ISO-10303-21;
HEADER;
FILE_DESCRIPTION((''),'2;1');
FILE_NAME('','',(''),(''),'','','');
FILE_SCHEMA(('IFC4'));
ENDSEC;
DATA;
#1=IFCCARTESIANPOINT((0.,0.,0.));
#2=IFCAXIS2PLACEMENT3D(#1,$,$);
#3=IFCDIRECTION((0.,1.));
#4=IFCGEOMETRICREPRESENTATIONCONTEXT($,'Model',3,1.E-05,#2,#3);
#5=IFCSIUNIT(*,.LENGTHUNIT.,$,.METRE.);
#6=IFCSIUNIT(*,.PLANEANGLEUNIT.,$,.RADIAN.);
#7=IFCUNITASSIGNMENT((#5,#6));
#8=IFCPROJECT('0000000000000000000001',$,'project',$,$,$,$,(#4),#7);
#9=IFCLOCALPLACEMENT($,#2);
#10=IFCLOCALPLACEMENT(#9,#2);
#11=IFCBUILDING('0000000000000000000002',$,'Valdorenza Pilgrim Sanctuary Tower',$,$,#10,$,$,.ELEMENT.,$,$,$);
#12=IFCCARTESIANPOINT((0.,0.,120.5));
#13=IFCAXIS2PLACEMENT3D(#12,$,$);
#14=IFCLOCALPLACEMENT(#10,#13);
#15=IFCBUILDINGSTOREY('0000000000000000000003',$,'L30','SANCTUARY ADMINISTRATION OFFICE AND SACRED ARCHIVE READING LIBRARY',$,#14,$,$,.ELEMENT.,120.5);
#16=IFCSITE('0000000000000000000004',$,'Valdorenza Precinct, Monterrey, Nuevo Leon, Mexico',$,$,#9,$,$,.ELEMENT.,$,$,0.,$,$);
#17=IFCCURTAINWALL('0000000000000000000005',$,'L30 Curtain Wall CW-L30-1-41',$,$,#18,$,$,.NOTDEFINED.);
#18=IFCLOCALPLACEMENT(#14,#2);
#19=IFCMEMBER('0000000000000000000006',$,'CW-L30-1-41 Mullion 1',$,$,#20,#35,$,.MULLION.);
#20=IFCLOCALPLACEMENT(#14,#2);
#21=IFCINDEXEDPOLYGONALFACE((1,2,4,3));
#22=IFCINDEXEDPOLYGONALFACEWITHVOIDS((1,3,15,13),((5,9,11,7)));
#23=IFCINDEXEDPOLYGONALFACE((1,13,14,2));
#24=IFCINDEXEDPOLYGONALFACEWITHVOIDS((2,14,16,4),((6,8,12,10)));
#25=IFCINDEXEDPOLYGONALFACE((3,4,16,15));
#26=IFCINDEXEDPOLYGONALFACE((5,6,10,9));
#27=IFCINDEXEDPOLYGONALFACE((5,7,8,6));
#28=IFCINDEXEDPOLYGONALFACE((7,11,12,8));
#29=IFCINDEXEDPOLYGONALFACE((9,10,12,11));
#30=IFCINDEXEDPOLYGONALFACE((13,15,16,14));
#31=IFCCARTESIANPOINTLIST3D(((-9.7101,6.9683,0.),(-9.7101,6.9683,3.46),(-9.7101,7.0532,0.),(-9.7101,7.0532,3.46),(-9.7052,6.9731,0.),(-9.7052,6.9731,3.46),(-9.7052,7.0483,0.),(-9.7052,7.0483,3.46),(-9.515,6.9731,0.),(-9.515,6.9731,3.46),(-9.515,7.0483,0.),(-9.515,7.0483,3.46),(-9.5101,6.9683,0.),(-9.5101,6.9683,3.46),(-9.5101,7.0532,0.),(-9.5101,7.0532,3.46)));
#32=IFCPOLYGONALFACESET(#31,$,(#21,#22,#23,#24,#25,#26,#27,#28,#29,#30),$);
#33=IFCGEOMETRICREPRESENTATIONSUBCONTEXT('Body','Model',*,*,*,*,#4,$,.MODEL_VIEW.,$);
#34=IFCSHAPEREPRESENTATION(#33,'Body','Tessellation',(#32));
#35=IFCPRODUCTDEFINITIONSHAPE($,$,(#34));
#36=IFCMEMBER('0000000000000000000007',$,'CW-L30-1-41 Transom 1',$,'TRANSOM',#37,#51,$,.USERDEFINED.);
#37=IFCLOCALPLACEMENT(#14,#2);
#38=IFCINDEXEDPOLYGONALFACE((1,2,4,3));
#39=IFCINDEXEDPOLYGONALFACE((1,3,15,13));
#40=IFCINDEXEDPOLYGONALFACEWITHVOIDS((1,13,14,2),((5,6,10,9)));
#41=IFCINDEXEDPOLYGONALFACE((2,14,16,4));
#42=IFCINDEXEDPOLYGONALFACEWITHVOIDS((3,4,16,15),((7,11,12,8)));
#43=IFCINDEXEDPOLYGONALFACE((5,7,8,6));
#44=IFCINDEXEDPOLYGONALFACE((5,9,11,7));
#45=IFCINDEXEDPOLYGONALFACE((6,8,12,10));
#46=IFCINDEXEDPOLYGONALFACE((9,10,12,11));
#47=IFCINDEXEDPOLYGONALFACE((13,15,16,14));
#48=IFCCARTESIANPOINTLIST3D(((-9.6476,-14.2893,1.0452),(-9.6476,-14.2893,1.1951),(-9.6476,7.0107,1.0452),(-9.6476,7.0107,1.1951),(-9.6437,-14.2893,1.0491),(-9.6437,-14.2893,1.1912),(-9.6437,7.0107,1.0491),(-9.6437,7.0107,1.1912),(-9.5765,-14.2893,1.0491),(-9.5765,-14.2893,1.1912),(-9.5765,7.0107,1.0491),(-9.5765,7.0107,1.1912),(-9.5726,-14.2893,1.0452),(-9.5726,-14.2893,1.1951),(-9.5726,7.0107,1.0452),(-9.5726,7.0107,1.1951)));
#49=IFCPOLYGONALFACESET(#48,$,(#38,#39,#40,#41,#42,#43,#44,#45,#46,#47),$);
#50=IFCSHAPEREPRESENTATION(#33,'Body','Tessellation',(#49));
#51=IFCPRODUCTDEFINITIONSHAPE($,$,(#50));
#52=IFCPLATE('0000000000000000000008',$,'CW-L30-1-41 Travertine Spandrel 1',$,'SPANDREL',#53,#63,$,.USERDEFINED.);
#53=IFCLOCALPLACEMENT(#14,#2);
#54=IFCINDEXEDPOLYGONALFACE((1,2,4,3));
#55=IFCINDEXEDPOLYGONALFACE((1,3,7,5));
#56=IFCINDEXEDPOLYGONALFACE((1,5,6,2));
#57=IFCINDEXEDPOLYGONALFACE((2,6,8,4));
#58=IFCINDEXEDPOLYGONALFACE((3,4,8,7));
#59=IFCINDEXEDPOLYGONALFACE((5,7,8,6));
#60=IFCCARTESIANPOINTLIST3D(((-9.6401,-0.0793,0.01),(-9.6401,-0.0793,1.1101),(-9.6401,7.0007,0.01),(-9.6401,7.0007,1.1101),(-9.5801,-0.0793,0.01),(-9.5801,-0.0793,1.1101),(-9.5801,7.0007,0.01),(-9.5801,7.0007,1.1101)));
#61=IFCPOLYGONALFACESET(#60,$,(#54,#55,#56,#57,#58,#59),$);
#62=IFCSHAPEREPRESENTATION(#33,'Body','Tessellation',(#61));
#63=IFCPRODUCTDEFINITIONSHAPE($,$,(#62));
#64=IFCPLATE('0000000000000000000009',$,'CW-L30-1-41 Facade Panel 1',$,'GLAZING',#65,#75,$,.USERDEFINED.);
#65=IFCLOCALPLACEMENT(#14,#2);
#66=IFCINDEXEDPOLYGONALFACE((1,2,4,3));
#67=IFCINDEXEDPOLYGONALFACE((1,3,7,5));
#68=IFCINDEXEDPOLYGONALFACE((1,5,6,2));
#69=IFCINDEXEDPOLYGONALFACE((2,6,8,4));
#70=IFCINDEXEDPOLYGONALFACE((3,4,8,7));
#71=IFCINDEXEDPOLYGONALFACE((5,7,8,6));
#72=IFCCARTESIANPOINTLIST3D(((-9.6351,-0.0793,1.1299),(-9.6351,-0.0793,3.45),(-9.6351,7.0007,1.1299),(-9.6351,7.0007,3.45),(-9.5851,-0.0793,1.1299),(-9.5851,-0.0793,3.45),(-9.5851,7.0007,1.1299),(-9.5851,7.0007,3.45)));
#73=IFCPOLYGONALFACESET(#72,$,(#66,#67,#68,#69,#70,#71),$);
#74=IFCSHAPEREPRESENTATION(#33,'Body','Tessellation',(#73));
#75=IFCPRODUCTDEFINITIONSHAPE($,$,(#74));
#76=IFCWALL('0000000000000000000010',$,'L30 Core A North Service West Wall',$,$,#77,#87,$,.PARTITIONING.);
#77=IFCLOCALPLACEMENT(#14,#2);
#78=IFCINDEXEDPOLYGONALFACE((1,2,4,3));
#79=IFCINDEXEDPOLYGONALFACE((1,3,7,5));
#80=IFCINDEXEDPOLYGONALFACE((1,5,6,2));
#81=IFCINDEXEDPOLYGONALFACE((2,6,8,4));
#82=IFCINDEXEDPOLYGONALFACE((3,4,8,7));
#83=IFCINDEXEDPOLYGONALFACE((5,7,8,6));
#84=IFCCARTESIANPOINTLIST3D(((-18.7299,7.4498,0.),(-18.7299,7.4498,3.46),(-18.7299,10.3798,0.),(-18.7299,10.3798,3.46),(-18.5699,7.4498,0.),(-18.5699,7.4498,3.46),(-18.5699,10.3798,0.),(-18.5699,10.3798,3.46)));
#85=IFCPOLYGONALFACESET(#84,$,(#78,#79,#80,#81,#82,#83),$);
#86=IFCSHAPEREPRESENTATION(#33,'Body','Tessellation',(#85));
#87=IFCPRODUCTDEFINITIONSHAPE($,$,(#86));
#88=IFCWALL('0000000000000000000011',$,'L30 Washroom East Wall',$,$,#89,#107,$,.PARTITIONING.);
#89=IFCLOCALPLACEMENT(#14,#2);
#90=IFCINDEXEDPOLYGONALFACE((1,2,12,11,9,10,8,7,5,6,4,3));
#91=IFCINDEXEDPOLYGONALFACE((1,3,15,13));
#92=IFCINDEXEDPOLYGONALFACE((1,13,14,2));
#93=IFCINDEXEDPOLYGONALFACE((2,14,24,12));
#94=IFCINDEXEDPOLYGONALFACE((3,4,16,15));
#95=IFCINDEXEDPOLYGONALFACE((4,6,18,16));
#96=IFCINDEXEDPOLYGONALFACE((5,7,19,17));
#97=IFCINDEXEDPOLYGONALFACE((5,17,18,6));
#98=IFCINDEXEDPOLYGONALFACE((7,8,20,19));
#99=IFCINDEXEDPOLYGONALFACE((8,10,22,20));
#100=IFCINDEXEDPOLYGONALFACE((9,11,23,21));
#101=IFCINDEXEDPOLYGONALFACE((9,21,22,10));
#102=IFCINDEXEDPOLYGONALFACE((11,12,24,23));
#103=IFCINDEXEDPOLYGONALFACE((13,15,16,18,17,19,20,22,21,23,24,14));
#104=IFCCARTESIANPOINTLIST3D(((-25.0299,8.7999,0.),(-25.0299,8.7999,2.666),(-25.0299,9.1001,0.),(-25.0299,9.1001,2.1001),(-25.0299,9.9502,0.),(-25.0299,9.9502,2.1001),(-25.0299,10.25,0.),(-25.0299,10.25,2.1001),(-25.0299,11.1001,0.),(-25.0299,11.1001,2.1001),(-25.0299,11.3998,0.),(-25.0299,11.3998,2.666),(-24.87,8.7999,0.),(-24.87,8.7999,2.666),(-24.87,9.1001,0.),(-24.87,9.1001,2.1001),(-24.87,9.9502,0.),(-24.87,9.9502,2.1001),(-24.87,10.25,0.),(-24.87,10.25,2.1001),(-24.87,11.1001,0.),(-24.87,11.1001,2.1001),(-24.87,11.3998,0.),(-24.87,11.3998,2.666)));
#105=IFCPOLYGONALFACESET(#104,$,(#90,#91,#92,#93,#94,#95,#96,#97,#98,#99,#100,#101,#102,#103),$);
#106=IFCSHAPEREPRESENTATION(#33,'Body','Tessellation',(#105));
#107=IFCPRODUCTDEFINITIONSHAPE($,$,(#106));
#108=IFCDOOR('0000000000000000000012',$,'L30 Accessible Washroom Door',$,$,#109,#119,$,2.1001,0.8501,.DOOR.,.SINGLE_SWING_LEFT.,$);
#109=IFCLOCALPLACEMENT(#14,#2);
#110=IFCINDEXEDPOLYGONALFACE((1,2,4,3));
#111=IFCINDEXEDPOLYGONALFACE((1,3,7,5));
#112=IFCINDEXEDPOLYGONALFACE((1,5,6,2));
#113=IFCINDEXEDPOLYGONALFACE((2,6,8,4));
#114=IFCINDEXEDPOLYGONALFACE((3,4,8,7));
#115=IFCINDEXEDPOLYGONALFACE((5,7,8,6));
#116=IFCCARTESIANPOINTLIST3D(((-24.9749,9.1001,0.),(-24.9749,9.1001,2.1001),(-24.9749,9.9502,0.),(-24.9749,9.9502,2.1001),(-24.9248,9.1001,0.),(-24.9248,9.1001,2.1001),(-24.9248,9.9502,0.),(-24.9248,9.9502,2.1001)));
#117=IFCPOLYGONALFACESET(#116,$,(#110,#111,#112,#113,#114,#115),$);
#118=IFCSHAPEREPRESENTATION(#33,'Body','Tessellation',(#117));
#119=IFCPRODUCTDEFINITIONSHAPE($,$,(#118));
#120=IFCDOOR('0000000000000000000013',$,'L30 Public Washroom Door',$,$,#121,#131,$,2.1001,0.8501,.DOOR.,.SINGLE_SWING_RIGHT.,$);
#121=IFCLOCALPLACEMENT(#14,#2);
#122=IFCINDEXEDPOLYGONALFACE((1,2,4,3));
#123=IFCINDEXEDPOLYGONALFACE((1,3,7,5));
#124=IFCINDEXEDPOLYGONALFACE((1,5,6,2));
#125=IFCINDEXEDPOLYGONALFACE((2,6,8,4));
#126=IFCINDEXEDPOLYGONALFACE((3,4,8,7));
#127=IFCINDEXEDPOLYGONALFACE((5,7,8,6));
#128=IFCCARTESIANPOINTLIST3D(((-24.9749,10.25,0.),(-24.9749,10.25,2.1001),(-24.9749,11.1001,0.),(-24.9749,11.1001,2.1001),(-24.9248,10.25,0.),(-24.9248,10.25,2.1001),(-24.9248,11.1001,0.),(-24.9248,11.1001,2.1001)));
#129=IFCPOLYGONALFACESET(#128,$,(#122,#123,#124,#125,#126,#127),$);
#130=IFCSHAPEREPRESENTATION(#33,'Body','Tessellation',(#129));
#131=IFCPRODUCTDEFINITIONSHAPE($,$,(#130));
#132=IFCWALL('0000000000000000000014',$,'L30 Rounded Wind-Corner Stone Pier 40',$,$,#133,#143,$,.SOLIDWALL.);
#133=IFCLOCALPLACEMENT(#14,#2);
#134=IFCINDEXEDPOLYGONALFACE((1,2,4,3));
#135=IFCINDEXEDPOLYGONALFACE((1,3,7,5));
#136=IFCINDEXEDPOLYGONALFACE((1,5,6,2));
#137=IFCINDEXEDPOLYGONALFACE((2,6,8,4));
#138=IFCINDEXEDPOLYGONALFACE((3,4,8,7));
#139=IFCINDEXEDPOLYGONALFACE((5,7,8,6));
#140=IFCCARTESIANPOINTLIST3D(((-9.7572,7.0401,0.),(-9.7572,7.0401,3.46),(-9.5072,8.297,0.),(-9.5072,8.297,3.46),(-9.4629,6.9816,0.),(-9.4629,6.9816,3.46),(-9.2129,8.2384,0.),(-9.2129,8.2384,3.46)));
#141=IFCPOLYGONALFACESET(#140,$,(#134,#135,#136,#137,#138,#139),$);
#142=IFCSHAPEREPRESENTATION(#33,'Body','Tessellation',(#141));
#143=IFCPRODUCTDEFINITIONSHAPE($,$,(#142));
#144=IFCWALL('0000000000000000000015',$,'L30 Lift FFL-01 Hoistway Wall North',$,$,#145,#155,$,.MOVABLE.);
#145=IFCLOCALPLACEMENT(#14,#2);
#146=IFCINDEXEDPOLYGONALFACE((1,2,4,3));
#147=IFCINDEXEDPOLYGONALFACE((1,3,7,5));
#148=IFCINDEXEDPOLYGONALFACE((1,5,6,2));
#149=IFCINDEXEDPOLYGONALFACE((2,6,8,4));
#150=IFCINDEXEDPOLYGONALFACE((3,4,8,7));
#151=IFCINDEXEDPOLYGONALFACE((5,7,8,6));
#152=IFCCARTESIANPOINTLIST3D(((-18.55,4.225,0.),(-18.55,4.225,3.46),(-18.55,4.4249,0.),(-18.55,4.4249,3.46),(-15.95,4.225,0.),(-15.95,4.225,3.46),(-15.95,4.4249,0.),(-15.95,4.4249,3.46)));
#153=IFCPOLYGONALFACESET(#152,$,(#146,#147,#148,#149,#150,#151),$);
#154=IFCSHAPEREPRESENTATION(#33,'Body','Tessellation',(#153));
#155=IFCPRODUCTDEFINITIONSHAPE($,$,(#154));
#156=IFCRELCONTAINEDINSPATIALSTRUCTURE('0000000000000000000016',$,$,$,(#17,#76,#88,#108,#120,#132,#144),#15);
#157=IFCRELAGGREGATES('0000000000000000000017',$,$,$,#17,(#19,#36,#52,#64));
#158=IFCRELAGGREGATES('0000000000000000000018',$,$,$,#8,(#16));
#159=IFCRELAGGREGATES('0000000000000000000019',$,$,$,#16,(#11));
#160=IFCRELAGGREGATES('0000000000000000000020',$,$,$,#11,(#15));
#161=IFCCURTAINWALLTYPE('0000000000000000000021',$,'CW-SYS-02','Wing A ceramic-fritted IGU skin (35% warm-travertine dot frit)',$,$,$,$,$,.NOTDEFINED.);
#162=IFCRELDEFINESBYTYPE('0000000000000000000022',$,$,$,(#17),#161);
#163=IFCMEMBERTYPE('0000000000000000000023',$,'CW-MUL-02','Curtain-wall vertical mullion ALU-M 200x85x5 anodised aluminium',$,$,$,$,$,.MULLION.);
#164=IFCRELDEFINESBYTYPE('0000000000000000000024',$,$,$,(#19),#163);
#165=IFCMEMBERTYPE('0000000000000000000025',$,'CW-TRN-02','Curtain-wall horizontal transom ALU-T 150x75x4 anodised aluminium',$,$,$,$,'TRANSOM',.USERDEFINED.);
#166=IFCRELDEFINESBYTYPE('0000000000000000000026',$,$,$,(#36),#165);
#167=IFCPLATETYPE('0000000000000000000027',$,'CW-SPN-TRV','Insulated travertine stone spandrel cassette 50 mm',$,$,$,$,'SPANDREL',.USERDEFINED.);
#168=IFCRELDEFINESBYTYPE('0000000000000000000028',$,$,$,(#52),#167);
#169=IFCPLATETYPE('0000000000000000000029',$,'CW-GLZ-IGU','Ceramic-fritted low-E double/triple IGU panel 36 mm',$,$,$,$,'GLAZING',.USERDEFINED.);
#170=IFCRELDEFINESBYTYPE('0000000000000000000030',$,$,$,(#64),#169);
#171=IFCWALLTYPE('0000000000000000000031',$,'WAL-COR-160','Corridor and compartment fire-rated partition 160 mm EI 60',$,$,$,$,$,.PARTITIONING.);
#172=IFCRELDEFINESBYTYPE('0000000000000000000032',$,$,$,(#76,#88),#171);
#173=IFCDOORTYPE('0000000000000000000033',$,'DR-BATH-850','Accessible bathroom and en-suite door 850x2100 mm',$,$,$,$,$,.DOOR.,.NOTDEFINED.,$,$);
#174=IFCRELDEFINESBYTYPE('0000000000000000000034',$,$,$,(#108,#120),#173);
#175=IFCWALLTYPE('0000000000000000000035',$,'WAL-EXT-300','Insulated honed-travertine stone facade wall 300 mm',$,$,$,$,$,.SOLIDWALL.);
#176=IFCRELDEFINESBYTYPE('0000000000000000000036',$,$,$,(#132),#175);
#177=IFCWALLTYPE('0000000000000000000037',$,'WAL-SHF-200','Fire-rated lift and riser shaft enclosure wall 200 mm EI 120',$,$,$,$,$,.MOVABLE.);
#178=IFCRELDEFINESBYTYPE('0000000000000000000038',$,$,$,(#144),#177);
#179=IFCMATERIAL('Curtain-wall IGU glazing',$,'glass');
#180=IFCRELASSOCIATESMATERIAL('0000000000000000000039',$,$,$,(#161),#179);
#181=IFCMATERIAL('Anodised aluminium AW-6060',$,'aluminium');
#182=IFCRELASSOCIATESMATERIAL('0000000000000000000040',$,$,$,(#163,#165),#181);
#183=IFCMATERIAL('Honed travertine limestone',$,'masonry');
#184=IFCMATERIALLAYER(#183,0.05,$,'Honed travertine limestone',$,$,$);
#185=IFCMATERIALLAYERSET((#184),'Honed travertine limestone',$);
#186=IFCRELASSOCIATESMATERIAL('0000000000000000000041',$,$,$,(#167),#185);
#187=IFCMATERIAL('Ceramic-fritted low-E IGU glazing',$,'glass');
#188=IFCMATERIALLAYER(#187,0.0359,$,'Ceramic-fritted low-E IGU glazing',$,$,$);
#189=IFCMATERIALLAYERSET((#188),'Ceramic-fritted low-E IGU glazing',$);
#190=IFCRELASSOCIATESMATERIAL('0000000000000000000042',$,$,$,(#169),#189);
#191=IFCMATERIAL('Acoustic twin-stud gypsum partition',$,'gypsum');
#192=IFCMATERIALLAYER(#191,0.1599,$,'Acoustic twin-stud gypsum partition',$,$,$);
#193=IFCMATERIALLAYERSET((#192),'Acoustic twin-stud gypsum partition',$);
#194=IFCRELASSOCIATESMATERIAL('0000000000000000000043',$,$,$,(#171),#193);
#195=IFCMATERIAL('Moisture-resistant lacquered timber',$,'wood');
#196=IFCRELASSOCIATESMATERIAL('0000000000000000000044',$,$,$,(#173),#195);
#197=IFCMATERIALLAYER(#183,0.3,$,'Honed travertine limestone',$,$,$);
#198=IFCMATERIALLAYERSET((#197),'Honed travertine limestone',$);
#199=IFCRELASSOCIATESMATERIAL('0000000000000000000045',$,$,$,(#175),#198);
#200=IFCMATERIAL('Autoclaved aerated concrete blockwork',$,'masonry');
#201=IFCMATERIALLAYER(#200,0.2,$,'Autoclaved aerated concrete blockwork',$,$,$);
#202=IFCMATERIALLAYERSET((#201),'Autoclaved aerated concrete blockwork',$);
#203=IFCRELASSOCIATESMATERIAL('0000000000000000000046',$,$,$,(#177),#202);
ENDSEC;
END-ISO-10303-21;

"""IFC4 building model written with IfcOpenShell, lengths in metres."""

from ifc_helpers import new_model, si_unit, direction, frame, frame_2d, origin, origin_2d, place, context, subcontext, project, spatial, rectangle, hollow_rectangle, extrude, source, transform, mapped, material, layer, layer_set, material_profile, profile_set, type_object, element, fill, aggregate, save


model = new_model("IFC4")

# Units and contexts
model_context = context("Model", 3, precision=1e-05, world=origin(), true_north=direction((0.0, 1.0)))
body_context = subcontext(model_context, "Body", "Model", "MODEL_VIEW")
ifc_project = project(units=[si_unit("LENGTHUNIT", "METRE"), si_unit("PLANEANGLEUNIT", "RADIAN")], contexts=[model_context])

# Site, building, storey
site_placement = place(None, origin())
site = spatial("IfcSite", under=ifc_project, at=site_placement, Name="Valdorenza Precinct, Monterrey, Nuevo Leon, Mexico", CompositionType="ELEMENT", RefElevation=0.0)
building_placement = place(site_placement, origin())
building = spatial("IfcBuilding", under=site, at=building_placement, Name="Valdorenza Pilgrim Sanctuary Tower", CompositionType="ELEMENT")
storey_placement = place(building_placement, frame((0.0, 0.0, 120.5)))
storey = spatial("IfcBuildingStorey", under=building, at=storey_placement, Name="L30", Description="SANCTUARY ADMINISTRATION OFFICE AND SACRED ARCHIVE READING LIBRARY", CompositionType="ELEMENT", Elevation=120.5)

# Curtain wall, members, plates
ifc_material_1 = material(Name="Curtain-wall IGU glazing", Category="glass")
curtain_wall_type = type_object("IfcCurtainWallType", Name="CW-SYS-02", Description="Wing A ceramic-fritted IGU skin (35% warm-travertine dot frit)", PredefinedType="NOTDEFINED", material=ifc_material_1)
curtain_wall_placement = place(storey_placement, origin())
curtain_wall = element("IfcCurtainWall", 1, at=curtain_wall_placement, inside=storey, type_object=curtain_wall_type, Name="L30 Curtain Wall CW-L30-1-41", PredefinedType="NOTDEFINED")
ifc_material_2 = material(Name="Anodised aluminium AW-6060", Category="aluminium")
ifc_material_profile_1 = material_profile(ifc_material_2, hollow_rectangle(XDim=0.085, YDim=0.2, WallThickness=0.0049, at=origin_2d()), Name="ALU-M 200x85x5")
ifc_profile_set_1 = profile_set([ifc_material_profile_1], Name="Anodised aluminium AW-6060")
member_type_1 = type_object("IfcMemberType", Name="CW-MUL-02", Description="Curtain-wall vertical mullion ALU-M 200x85x5 anodised aluminium", PredefinedType="MULLION", material=ifc_profile_set_1)
shared_shape_1 = source(origin(), body_context, "Body", "SweptSolid", [
    extrude(hollow_rectangle(XDim=0.085, YDim=0.2, WallThickness=0.0049, at=origin_2d()), origin(), (0.0, 0.0, 1.0), 3.46),
])
member_1_placement = place(storey_placement, frame((-9.6101, 7.0107, 0.0), z_axis=(0.0, 0.0, 1.0), x_axis=(0.0, -1.0, 0.0)))
member_1 = element("IfcMember", 2, at=member_1_placement, type_object=member_type_1, Name="CW-L30-1-41 Mullion 1", PredefinedType="MULLION", context=body_context, shape_type="MappedRepresentation", body=[
    mapped(shared_shape_1, transform((0.0, 0.0, 0.0), x_axis=(1.0, 0.0, 0.0), y_axis=(0.0, 1.0, 0.0), z_axis=(0.0, 0.0, 1.0), scale=1.0)),
])
ifc_material_profile_2 = material_profile(ifc_material_2, hollow_rectangle(XDim=0.075, YDim=0.1499, WallThickness=0.0039, at=origin_2d()), Name="ALU-T 150x75x4")
ifc_profile_set_2 = profile_set([ifc_material_profile_2], Name="Anodised aluminium AW-6060")
member_type_2 = type_object("IfcMemberType", Name="CW-TRN-02", Description="Curtain-wall horizontal transom ALU-T 150x75x4 anodised aluminium", ElementType="TRANSOM", PredefinedType="USERDEFINED", material=ifc_profile_set_2)
shared_shape_2 = source(origin(), body_context, "Body", "SweptSolid", [
    extrude(hollow_rectangle(XDim=0.075, YDim=0.1499, WallThickness=0.0039, at=origin_2d()), origin(), (0.0, 0.0, 1.0), 21.3),
])
member_2_placement = place(storey_placement, frame((-9.6101, 7.0107, 1.1201), z_axis=(0.0, -1.0, 0.0), x_axis=(1.0, 0.0, 0.0)))
member_2 = element("IfcMember", 3, at=member_2_placement, type_object=member_type_2, Name="CW-L30-1-41 Transom 1", ObjectType="TRANSOM", PredefinedType="USERDEFINED", context=body_context, shape_type="MappedRepresentation", body=[
    mapped(shared_shape_2, transform((0.0, 0.0, 0.0), x_axis=(1.0, 0.0, 0.0), y_axis=(0.0, 1.0, 0.0), z_axis=(0.0, 0.0, 1.0), scale=1.0)),
])
ifc_material_3 = material(Name="Honed travertine limestone", Category="masonry")
ifc_layer_1 = layer(ifc_material_3, 0.05, Name="Honed travertine limestone")
ifc_layer_set_1 = layer_set([ifc_layer_1], Name="Honed travertine limestone")
plate_type_1 = type_object("IfcPlateType", Name="CW-SPN-TRV", Description="Insulated travertine stone spandrel cassette 50 mm", ElementType="SPANDREL", PredefinedType="USERDEFINED", material=ifc_layer_set_1)
shared_shape_3 = source(origin(), body_context, "Body", "SweptSolid", [
    extrude(rectangle(XDim=7.0801, YDim=0.0601, at=origin_2d()), origin(), (0.0, 0.0, 1.0), 1.1001),
])
plate_1_placement = place(storey_placement, frame((-9.6101, 3.4607, 0.01), z_axis=(0.0, 0.0, 1.0), x_axis=(0.0, -1.0, 0.0)))
plate_1 = element("IfcPlate", 4, at=plate_1_placement, type_object=plate_type_1, Name="CW-L30-1-41 Travertine Spandrel 1", ObjectType="SPANDREL", PredefinedType="USERDEFINED", context=body_context, shape_type="MappedRepresentation", body=[
    mapped(shared_shape_3, transform((0.0, 0.0, 0.0), x_axis=(1.0, 0.0, 0.0), y_axis=(0.0, 1.0, 0.0), z_axis=(0.0, 0.0, 1.0), scale=1.0)),
])
ifc_material_4 = material(Name="Ceramic-fritted low-E IGU glazing", Category="glass")
ifc_layer_2 = layer(ifc_material_4, 0.0359, Name="Ceramic-fritted low-E IGU glazing")
ifc_layer_set_2 = layer_set([ifc_layer_2], Name="Ceramic-fritted low-E IGU glazing")
plate_type_2 = type_object("IfcPlateType", Name="CW-GLZ-IGU", Description="Ceramic-fritted low-E double/triple IGU panel 36 mm", ElementType="GLAZING", PredefinedType="USERDEFINED", material=ifc_layer_set_2)
shared_shape_4 = source(origin(), body_context, "Body", "SweptSolid", [
    extrude(rectangle(XDim=7.0801, YDim=0.05, at=origin_2d()), origin(), (0.0, 0.0, 1.0), 2.3201),
])
plate_2_placement = place(storey_placement, frame((-9.6101, 3.4607, 1.1299), z_axis=(0.0, 0.0, 1.0), x_axis=(0.0, -1.0, 0.0)))
plate_2 = element("IfcPlate", 5, at=plate_2_placement, type_object=plate_type_2, Name="CW-L30-1-41 Facade Panel 1", ObjectType="GLAZING", PredefinedType="USERDEFINED", context=body_context, shape_type="MappedRepresentation", body=[
    mapped(shared_shape_4, transform((0.0, 0.0, 0.0), x_axis=(1.0, 0.0, 0.0), y_axis=(0.0, 1.0, 0.0), z_axis=(0.0, 0.0, 1.0), scale=1.0)),
])
aggregate(curtain_wall, [member_1, member_2, plate_1, plate_2])

# Wall
ifc_material_5 = material(Name="Acoustic twin-stud gypsum partition", Category="gypsum")
ifc_layer_3 = layer(ifc_material_5, 0.1599, Name="Acoustic twin-stud gypsum partition")
ifc_layer_set_3 = layer_set([ifc_layer_3], Name="Acoustic twin-stud gypsum partition")
wall_type_1 = type_object("IfcWallType", Name="WAL-COR-160", Description="Corridor and compartment fire-rated partition 160 mm EI 60", PredefinedType="PARTITIONING", material=ifc_layer_set_3)
wall_1_placement = place(storey_placement, frame((-18.6499, 7.45, 0.0), z_axis=(0.0, 0.0, 1.0), x_axis=(0.0, 1.0, 0.0)))
element("IfcWall", 6, at=wall_1_placement, inside=storey, type_object=wall_type_1, Name="L30 Core A North Service West Wall", PredefinedType="PARTITIONING", context=body_context, shape_type="SweptSolid", body=[
    extrude(rectangle(XDim=2.9299, YDim=0.1599, at=frame_2d((1.4648, 0.0))), origin(), (0.0, 0.0, 1.0), 3.46),
])

# Wall, openings, doors
wall_2_placement = place(storey_placement, frame((-24.95, 8.8, 0.0), z_axis=(0.0, 0.0, 1.0), x_axis=(0.0, 1.0, 0.0)))
wall_2 = element("IfcWall", 7, at=wall_2_placement, inside=storey, type_object=wall_type_1, Name="L30 Washroom East Wall", PredefinedType="PARTITIONING", context=body_context, shape_type="SweptSolid", body=[
    extrude(rectangle(XDim=2.5999, YDim=0.1599, at=frame_2d((1.2998, 0.0))), origin(), (0.0, 0.0, 1.0), 2.666),
])
opening_1_placement = place(wall_2_placement, frame((0.3, 0.0, 0.0)))
opening_1 = element("IfcOpeningElement", 8, at=opening_1_placement, cuts=wall_2, PredefinedType="OPENING", context=body_context, shape_type="SweptSolid", body=[
    extrude(rectangle(XDim=0.8501, YDim=2.1001, at=frame_2d((0.425, 1.05))), frame((0.0, 0.0947, 0.0), z_axis=(0.0, -1.0, 0.0), x_axis=(1.0, 0.0, 0.0)), (0.0, 0.0, 1.0), 0.1897),
])
opening_2_placement = place(wall_2_placement, frame((1.45, 0.0, 0.0)))
opening_2 = element("IfcOpeningElement", 9, at=opening_2_placement, cuts=wall_2, PredefinedType="OPENING", context=body_context, shape_type="SweptSolid", body=[
    extrude(rectangle(XDim=0.8501, YDim=2.1001, at=frame_2d((0.425, 1.05))), frame((0.0, 0.0947, 0.0), z_axis=(0.0, -1.0, 0.0), x_axis=(1.0, 0.0, 0.0)), (0.0, 0.0, 1.0), 0.1897),
])
ifc_material_6 = material(Name="Moisture-resistant lacquered timber", Category="wood")
door_type_1 = type_object("IfcDoorType", Name="DR-BATH-850", Description="Accessible bathroom and en-suite door 850x2100 mm", OperationType="NOTDEFINED", PredefinedType="DOOR", material=ifc_material_6)
door_1_placement = place(opening_1_placement, origin())
door_1 = element("IfcDoor", 10, at=door_1_placement, inside=storey, type_object=door_type_1, Name="L30 Accessible Washroom Door", OperationType="SINGLE_SWING_LEFT", OverallHeight=2.1001, OverallWidth=0.8501, PredefinedType="DOOR", context=body_context, shape_type="SweptSolid", body=[
    extrude(rectangle(XDim=0.8501, YDim=2.1001, at=frame_2d((0.425, 1.05))), frame((0.0, 0.0249, 0.0), z_axis=(0.0, -1.0, 0.0), x_axis=(1.0, 0.0, 0.0)), (0.0, 0.0, 1.0), 0.05),
])
fill(opening_1, door_1)
door_2_placement = place(opening_2_placement, origin())
door_2 = element("IfcDoor", 11, at=door_2_placement, inside=storey, type_object=door_type_1, Name="L30 Public Washroom Door", OperationType="SINGLE_SWING_RIGHT", OverallHeight=2.1001, OverallWidth=0.8501, PredefinedType="DOOR", context=body_context, shape_type="SweptSolid", body=[
    extrude(rectangle(XDim=0.8501, YDim=2.1001, at=frame_2d((0.425, 1.05))), frame((0.0, 0.0249, 0.0), z_axis=(0.0, -1.0, 0.0), x_axis=(1.0, 0.0, 0.0)), (0.0, 0.0, 1.0), 0.05),
])
fill(opening_2, door_2)

# Walls
ifc_layer_4 = layer(ifc_material_3, 0.3, Name="Honed travertine limestone")
ifc_layer_set_4 = layer_set([ifc_layer_4], Name="Honed travertine limestone")
wall_type_2 = type_object("IfcWallType", Name="WAL-EXT-300", Description="Insulated honed-travertine stone facade wall 300 mm", PredefinedType="SOLIDWALL", material=ifc_layer_set_4)
wall_3_placement = place(storey_placement, frame((-9.3601, 8.2676, 0.0), z_axis=(0.0, 0.0, 1.0), x_axis=(-0.19509, -0.980785, 0.0)))
element("IfcWall", 12, at=wall_3_placement, inside=storey, type_object=wall_type_2, Name="L30 Rounded Wind-Corner Stone Pier 40", PredefinedType="SOLIDWALL", context=body_context, shape_type="SweptSolid", body=[
    extrude(rectangle(XDim=1.2815, YDim=0.3, at=frame_2d((0.6406, 0.0))), origin(), (0.0, 0.0, 1.0), 3.46),
])
ifc_material_7 = material(Name="Autoclaved aerated concrete blockwork", Category="masonry")
ifc_layer_5 = layer(ifc_material_7, 0.2, Name="Autoclaved aerated concrete blockwork")
ifc_layer_set_5 = layer_set([ifc_layer_5], Name="Autoclaved aerated concrete blockwork")
wall_type_3 = type_object("IfcWallType", Name="WAL-SHF-200", Description="Fire-rated lift and riser shaft enclosure wall 200 mm EI 120", PredefinedType="MOVABLE", material=ifc_layer_set_5)
wall_4_placement = place(storey_placement, frame((-18.55, 4.325, 0.0), z_axis=(0.0, 0.0, 1.0), x_axis=(1.0, 0.0, 0.0)))
element("IfcWall", 13, at=wall_4_placement, inside=storey, type_object=wall_type_3, Name="L30 Lift FFL-01 Hoistway Wall North", PredefinedType="MOVABLE", context=body_context, shape_type="SweptSolid", body=[
    extrude(rectangle(XDim=2.6001, YDim=0.2, at=frame_2d((1.3, 0.0))), origin(), (0.0, 0.0, 1.0), 3.46),
])

save(model, "model.ifc")
